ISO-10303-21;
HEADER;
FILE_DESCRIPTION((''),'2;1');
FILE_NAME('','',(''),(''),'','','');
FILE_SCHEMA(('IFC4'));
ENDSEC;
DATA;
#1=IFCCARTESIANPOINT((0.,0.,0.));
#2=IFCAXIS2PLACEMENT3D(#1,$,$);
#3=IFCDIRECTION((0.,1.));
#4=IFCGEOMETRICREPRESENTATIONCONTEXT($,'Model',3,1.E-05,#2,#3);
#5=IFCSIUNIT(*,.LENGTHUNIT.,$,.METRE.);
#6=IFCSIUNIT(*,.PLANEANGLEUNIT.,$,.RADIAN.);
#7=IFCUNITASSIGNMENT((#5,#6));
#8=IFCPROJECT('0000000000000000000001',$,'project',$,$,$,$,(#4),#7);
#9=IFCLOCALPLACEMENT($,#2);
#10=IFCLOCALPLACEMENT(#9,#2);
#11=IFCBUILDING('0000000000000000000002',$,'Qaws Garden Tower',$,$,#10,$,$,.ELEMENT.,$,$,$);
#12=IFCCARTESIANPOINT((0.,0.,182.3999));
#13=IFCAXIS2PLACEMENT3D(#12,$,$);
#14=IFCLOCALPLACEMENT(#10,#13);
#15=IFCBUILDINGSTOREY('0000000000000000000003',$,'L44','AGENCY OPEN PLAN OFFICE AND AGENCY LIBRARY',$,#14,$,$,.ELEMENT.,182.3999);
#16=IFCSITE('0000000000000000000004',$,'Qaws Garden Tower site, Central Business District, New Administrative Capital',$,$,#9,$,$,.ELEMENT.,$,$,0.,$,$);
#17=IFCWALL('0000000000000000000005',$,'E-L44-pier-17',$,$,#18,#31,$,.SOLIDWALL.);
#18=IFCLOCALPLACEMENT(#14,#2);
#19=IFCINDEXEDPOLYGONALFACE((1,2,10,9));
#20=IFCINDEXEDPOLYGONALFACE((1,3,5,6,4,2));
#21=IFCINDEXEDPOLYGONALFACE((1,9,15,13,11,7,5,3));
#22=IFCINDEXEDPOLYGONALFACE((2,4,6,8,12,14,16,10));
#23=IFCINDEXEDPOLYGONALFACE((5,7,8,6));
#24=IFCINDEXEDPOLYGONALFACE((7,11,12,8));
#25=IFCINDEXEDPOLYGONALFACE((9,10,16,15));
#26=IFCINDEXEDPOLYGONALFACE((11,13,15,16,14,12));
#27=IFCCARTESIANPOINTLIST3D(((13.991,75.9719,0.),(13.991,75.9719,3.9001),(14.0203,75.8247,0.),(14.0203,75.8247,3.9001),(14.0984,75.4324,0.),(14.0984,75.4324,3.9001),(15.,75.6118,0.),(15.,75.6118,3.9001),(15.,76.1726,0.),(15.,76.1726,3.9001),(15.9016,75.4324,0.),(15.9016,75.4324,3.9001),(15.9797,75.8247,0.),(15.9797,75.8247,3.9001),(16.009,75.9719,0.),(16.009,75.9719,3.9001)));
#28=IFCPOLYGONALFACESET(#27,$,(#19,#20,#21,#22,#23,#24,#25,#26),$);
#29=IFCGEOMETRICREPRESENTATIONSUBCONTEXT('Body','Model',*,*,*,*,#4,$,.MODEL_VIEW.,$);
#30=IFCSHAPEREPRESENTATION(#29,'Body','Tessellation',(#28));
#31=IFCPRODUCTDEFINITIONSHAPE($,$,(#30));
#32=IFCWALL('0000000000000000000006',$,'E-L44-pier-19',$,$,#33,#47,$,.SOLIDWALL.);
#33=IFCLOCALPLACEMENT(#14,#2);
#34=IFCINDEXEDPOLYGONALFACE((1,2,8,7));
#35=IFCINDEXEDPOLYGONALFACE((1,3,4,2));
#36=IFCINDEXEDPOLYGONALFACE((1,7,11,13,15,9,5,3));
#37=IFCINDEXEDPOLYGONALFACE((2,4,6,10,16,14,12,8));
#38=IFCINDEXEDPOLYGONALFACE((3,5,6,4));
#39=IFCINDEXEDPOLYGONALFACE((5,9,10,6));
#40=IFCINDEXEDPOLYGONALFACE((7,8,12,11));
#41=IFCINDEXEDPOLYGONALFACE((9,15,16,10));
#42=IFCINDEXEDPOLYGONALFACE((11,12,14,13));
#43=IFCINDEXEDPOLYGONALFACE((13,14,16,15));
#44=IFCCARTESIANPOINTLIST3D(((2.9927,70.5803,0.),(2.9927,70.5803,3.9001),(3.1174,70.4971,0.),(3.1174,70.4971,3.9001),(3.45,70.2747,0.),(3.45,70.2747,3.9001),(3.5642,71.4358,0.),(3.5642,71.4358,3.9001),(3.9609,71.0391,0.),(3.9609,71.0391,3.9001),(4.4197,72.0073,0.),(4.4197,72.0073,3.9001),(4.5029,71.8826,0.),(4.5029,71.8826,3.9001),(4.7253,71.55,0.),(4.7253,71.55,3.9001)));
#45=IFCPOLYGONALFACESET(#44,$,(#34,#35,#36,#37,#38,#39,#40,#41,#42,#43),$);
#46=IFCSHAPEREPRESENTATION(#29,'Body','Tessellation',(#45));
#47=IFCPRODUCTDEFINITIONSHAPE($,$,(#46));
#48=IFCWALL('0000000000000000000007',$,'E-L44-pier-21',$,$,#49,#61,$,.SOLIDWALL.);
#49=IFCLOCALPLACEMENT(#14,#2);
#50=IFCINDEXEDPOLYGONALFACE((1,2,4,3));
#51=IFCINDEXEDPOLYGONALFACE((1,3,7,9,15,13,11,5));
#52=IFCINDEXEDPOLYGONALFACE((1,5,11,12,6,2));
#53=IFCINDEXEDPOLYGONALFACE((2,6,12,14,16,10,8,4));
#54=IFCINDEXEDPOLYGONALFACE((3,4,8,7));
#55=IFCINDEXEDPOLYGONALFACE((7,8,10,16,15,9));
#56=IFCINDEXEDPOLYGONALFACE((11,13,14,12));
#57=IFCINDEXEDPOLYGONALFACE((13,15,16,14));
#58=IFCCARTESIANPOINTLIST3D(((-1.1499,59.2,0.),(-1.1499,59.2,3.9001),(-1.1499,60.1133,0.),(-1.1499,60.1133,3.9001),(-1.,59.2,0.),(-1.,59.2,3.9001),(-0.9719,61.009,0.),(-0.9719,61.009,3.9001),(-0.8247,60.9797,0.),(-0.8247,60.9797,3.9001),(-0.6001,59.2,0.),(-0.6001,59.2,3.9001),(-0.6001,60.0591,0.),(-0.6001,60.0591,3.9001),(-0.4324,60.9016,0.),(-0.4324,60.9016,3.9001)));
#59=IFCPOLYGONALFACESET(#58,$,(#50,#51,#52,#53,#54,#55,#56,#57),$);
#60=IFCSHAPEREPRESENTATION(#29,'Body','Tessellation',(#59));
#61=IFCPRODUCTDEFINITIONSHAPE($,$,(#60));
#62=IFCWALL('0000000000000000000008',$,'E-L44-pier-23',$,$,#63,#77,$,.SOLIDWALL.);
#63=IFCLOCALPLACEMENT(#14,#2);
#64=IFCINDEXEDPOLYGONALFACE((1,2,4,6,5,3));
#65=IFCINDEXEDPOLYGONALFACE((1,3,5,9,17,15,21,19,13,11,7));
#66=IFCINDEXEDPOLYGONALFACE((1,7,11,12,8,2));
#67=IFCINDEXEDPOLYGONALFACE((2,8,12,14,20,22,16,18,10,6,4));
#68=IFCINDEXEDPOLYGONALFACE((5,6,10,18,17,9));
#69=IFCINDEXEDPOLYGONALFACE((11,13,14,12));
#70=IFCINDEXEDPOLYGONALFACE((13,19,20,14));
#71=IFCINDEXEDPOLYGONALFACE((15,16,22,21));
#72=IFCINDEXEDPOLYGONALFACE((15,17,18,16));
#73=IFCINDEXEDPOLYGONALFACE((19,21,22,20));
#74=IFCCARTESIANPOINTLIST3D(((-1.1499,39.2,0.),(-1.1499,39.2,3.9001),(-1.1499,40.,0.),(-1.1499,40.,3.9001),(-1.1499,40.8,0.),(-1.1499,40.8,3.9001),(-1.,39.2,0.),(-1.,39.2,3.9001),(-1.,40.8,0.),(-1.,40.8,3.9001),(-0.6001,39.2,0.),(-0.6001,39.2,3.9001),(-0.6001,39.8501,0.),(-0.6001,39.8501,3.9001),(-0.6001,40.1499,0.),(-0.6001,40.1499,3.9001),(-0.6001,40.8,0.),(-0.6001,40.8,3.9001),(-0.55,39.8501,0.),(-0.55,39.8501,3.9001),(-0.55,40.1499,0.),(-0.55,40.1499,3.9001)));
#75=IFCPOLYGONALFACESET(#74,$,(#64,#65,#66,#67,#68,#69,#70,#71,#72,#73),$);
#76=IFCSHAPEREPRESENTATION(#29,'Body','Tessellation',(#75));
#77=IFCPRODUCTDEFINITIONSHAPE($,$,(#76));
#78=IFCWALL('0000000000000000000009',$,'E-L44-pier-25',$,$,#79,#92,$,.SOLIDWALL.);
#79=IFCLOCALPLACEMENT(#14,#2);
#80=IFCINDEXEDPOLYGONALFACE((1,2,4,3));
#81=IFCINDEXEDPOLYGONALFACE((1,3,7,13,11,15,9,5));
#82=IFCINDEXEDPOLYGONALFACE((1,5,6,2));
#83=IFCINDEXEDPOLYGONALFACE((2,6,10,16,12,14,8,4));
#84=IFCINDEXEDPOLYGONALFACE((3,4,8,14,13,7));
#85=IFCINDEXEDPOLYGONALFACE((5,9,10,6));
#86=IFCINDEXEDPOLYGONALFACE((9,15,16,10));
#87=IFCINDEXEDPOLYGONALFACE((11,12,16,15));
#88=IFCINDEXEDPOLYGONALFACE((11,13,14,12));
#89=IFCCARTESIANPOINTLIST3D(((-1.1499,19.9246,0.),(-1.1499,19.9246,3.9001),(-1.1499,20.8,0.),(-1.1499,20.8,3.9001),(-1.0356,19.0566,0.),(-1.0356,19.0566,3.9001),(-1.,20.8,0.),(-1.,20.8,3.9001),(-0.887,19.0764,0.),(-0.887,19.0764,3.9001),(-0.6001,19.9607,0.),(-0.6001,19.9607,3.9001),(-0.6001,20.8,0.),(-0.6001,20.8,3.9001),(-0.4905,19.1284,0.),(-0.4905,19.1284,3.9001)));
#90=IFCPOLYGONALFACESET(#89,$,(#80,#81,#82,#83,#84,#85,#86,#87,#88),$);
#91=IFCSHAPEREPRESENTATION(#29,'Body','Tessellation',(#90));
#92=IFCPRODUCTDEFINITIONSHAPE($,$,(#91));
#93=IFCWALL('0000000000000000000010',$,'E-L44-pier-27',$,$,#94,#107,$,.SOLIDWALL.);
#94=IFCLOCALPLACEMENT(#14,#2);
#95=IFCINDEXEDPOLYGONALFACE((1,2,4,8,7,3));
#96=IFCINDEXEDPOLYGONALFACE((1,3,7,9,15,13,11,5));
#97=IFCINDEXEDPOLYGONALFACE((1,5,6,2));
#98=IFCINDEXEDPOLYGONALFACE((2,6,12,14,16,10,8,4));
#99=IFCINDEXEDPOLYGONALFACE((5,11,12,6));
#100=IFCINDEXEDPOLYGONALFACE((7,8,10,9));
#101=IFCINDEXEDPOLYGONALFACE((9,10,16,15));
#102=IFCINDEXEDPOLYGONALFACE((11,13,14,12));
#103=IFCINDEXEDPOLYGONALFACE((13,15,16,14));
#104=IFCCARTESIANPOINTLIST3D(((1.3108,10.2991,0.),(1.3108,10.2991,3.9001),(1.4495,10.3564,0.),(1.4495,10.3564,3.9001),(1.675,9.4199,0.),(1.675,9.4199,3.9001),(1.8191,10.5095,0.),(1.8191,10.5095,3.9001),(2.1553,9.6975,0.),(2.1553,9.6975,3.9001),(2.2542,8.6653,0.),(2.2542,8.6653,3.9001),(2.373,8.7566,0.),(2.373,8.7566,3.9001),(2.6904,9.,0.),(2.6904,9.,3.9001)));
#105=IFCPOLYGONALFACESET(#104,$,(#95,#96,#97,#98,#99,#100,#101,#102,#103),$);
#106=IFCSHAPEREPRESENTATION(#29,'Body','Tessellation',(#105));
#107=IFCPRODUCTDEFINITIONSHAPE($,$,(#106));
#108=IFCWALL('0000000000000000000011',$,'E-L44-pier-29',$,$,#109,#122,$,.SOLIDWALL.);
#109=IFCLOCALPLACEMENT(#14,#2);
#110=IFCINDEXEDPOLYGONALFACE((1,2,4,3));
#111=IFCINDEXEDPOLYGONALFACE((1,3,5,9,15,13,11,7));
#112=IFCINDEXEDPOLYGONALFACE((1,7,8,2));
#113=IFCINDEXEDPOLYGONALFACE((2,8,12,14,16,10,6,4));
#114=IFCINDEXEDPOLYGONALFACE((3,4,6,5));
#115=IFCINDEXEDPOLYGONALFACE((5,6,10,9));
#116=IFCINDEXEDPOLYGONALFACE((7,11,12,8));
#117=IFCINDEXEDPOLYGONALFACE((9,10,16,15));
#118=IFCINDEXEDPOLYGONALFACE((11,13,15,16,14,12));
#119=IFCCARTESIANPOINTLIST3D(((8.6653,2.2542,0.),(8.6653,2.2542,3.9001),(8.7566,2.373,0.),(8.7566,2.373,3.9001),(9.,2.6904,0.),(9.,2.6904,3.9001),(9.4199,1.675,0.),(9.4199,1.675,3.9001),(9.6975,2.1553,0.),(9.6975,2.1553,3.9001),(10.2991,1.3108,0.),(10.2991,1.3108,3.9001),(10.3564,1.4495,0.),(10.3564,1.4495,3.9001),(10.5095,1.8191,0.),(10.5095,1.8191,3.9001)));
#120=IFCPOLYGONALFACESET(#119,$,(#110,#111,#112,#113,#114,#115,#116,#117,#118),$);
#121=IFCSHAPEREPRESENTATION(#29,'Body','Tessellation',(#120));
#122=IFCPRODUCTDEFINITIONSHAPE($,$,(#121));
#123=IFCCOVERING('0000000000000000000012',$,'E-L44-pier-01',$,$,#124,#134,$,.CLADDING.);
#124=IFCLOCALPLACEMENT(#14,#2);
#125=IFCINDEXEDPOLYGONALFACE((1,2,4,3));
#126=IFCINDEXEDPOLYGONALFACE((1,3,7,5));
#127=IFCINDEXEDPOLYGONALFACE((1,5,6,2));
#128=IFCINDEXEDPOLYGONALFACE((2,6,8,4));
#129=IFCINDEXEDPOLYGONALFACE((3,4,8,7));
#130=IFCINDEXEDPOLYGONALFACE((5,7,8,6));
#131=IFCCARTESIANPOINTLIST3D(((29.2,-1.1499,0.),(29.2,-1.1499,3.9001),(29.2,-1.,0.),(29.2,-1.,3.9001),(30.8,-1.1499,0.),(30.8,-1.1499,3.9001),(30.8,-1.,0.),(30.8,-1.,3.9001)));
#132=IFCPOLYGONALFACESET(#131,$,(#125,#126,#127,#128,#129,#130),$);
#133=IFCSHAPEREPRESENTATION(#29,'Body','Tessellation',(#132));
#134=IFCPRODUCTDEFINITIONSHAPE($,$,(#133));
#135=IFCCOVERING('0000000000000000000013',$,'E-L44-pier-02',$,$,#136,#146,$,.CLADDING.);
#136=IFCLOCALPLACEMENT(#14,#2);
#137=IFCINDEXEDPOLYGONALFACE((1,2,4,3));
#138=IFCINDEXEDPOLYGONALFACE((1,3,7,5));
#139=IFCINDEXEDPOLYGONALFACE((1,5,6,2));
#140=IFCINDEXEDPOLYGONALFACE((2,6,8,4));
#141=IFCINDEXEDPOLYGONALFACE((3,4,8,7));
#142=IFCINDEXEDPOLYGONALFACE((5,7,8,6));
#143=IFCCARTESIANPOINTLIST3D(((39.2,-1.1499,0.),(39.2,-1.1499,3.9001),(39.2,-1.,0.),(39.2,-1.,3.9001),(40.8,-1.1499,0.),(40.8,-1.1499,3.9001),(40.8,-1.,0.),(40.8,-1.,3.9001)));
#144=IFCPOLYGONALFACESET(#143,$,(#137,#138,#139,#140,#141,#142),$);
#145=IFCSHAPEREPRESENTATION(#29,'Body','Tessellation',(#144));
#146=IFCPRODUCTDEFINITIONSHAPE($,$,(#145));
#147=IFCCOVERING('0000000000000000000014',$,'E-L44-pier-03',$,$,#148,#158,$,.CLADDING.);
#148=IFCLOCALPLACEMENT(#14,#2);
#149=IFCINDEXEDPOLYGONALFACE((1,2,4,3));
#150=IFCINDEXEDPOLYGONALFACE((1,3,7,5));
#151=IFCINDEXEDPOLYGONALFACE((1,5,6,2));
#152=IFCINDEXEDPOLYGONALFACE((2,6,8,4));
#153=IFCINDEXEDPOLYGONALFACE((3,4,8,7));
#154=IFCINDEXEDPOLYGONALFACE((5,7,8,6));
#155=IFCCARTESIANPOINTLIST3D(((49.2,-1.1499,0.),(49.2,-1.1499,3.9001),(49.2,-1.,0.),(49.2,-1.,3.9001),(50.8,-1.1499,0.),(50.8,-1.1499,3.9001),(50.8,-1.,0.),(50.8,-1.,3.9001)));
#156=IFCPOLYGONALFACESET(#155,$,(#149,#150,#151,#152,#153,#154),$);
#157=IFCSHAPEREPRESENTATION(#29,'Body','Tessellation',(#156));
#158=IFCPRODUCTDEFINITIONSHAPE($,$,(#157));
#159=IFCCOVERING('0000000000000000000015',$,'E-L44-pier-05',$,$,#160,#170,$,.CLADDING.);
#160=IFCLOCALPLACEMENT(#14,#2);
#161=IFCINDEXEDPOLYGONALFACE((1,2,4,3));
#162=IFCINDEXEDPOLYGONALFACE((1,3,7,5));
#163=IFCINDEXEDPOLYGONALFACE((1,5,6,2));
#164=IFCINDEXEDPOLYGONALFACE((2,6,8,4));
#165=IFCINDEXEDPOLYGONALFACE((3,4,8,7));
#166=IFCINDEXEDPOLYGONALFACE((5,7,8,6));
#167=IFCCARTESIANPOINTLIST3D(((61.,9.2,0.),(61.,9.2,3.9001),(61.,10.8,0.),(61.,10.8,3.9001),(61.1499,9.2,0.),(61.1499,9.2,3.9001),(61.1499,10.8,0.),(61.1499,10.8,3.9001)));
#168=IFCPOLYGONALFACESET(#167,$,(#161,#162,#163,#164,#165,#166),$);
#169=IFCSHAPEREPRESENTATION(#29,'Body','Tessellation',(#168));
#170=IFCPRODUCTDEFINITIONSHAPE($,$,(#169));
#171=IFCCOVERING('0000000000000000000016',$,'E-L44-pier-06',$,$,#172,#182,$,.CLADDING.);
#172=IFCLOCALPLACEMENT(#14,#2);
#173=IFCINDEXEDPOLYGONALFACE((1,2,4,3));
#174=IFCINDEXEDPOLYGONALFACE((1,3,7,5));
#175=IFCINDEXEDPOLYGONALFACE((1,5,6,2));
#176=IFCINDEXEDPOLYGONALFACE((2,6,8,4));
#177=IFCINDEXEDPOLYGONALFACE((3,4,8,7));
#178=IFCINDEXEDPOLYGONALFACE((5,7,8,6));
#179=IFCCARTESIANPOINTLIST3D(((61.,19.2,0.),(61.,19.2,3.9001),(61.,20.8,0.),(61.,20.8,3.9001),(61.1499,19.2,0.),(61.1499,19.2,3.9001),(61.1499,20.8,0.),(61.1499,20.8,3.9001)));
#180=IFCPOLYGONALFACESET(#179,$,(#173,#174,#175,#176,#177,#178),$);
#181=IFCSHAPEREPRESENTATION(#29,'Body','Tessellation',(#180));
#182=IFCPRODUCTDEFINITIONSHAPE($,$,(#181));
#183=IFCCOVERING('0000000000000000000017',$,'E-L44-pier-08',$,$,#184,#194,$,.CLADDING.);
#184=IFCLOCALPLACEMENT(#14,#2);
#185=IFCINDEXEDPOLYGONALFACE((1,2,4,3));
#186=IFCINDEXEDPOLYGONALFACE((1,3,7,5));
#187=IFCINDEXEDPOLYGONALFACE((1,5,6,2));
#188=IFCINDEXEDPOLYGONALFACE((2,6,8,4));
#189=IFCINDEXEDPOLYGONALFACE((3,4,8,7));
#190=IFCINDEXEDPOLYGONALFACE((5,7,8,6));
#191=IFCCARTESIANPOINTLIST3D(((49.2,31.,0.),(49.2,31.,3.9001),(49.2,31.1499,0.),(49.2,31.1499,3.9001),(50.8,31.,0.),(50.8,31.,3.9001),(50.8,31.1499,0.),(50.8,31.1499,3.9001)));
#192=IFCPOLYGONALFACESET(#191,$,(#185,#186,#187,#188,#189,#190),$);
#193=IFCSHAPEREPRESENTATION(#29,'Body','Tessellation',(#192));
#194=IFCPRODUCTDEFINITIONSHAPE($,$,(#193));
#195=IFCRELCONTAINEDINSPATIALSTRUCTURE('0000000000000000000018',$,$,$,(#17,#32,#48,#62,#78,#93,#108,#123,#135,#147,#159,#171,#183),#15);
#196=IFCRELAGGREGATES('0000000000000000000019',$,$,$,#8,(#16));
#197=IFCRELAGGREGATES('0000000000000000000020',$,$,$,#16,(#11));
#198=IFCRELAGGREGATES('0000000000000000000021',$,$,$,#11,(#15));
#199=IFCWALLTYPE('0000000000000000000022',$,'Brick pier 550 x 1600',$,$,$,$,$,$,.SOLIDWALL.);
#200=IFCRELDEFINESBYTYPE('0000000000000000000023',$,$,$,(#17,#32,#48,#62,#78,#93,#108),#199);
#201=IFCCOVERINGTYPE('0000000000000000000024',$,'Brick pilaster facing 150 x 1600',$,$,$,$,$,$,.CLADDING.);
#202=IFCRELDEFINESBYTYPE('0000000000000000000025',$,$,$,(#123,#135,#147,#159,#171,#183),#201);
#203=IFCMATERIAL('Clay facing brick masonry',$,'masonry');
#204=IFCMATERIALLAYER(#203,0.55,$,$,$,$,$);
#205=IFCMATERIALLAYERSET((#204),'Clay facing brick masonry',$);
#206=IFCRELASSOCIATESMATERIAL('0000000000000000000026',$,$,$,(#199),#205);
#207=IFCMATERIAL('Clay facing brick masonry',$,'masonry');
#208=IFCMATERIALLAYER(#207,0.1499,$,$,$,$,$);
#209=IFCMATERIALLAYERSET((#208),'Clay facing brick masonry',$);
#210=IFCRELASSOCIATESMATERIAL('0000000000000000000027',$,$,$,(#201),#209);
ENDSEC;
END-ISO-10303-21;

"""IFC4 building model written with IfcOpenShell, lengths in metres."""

from ifc_helpers import new_model, si_unit, direction, frame, origin, place, context, subcontext, project, spatial, polyline, outline, extrude, material, layer, layer_set, type_object, element, save


model = new_model("IFC4")

# Units and contexts
model_context = context("Model", 3, precision=1e-05, world=origin(), true_north=direction((0.0, 1.0)))
body_context = subcontext(model_context, "Body", "Model", "MODEL_VIEW")
ifc_project = project(units=[si_unit("LENGTHUNIT", "METRE"), si_unit("PLANEANGLEUNIT", "RADIAN")], contexts=[model_context])

# Site, building, storey
site_placement = place(None, origin())
site = spatial("IfcSite", under=ifc_project, at=site_placement, Name="Qaws Garden Tower site, Central Business District, New Administrative Capital", CompositionType="ELEMENT", RefElevation=0.0)
building_placement = place(site_placement, origin())
building = spatial("IfcBuilding", under=site, at=building_placement, Name="Qaws Garden Tower", CompositionType="ELEMENT")
storey_placement = place(building_placement, frame((0.0, 0.0, 182.3999)))
storey = spatial("IfcBuildingStorey", under=building, at=storey_placement, Name="L44", Description="AGENCY OPEN PLAN OFFICE AND AGENCY LIBRARY", CompositionType="ELEMENT", Elevation=182.3999)

# Walls
placement = place(storey_placement, origin())
ifc_material_1 = material(Name="Clay facing brick masonry", Category="masonry")
ifc_layer_1 = layer(ifc_material_1, 0.55)
ifc_layer_set_1 = layer_set([ifc_layer_1], Name="Clay facing brick masonry")
wall_type_1 = type_object("IfcWallType", Name="Brick pier 550 x 1600", PredefinedType="SOLIDWALL", material=ifc_layer_set_1)
element("IfcWall", 1, at=placement, inside=storey, type_object=wall_type_1, Name="E-L44-pier-17", PredefinedType="SOLIDWALL", context=body_context, shape_type="SweptSolid", body=[
    extrude(outline(polyline([(15.9797, 75.8247), (16.009, 75.9719), (15.0, 76.1726), (13.991, 75.9719), (14.0203, 75.8247), (14.0984, 75.4324), (15.0, 75.6118), (15.9016, 75.4324), (15.9797, 75.8247)])), origin(), (0.0, 0.0, 1.0), 3.9001),
])
element("IfcWall", 2, at=placement, inside=storey, type_object=wall_type_1, Name="E-L44-pier-19", PredefinedType="SOLIDWALL", context=body_context, shape_type="SweptSolid", body=[
    extrude(outline(polyline([(4.5029, 71.8826), (4.4197, 72.0073), (3.5642, 71.4358), (2.9927, 70.5803), (3.1174, 70.4971), (3.45, 70.2747), (3.9609, 71.0391), (4.7253, 71.55), (4.5029, 71.8826)])), origin(), (0.0, 0.0, 1.0), 3.9001),
])
element("IfcWall", 3, at=placement, inside=storey, type_object=wall_type_1, Name="E-L44-pier-21", PredefinedType="SOLIDWALL", context=body_context, shape_type="SweptSolid", body=[
    extrude(outline(polyline([(-0.8247, 60.9797), (-0.9719, 61.009), (-1.1499, 60.1133), (-1.1499, 59.2), (-1.0, 59.2), (-0.6001, 59.2), (-0.6001, 60.0591), (-0.4324, 60.9016), (-0.8247, 60.9797)])), origin(), (0.0, 0.0, 1.0), 3.9001),
])
element("IfcWall", 4, at=placement, inside=storey, type_object=wall_type_1, Name="E-L44-pier-23", PredefinedType="SOLIDWALL", context=body_context, shape_type="SweptSolid", body=[
    extrude(outline(polyline([(-0.6001, 39.2), (-0.6001, 39.8501), (-0.55, 39.8501), (-0.55, 40.1499), (-0.6001, 40.1499), (-0.6001, 40.8), (-1.0, 40.8), (-1.1499, 40.8), (-1.1499, 40.0), (-1.1499, 39.2), (-1.0, 39.2), (-0.6001, 39.2)])), origin(), (0.0, 0.0, 1.0), 3.9001),
])
element("IfcWall", 5, at=placement, inside=storey, type_object=wall_type_1, Name="E-L44-pier-25", PredefinedType="SOLIDWALL", context=body_context, shape_type="SweptSolid", body=[
    extrude(outline(polyline([(-1.0, 20.8), (-1.1499, 20.8), (-1.1499, 19.9246), (-1.0356, 19.0566), (-0.887, 19.0764), (-0.4905, 19.1284), (-0.6001, 19.9607), (-0.6001, 20.8), (-1.0, 20.8)])), origin(), (0.0, 0.0, 1.0), 3.9001),
])
element("IfcWall", 6, at=placement, inside=storey, type_object=wall_type_1, Name="E-L44-pier-27", PredefinedType="SOLIDWALL", context=body_context, shape_type="SweptSolid", body=[
    extrude(outline(polyline([(1.4495, 10.3564), (1.3108, 10.2991), (1.675, 9.4199), (2.2542, 8.6653), (2.373, 8.7566), (2.6904, 9.0), (2.1553, 9.6975), (1.8191, 10.5095), (1.4495, 10.3564)])), origin(), (0.0, 0.0, 1.0), 3.9001),
])
element("IfcWall", 7, at=placement, inside=storey, type_object=wall_type_1, Name="E-L44-pier-29", PredefinedType="SOLIDWALL", context=body_context, shape_type="SweptSolid", body=[
    extrude(outline(polyline([(8.7566, 2.373), (8.6653, 2.2542), (9.4199, 1.675), (10.2991, 1.3108), (10.3564, 1.4495), (10.5095, 1.8191), (9.6975, 2.1553), (9.0, 2.6904), (8.7566, 2.373)])), origin(), (0.0, 0.0, 1.0), 3.9001),
])

# Coverings
ifc_material_2 = material(Name="Clay facing brick masonry", Category="masonry")
ifc_layer_2 = layer(ifc_material_2, 0.1499)
ifc_layer_set_2 = layer_set([ifc_layer_2], Name="Clay facing brick masonry")
covering_type = type_object("IfcCoveringType", Name="Brick pilaster facing 150 x 1600", PredefinedType="CLADDING", material=ifc_layer_set_2)
element("IfcCovering", 8, at=placement, inside=storey, type_object=covering_type, Name="E-L44-pier-01", PredefinedType="CLADDING", context=body_context, shape_type="SweptSolid", body=[
    extrude(outline(polyline([(29.2, -1.0), (30.8, -1.0), (30.8, -1.1499), (29.2, -1.1499), (29.2, -1.0)])), origin(), (0.0, 0.0, 1.0), 3.9001),
])
element("IfcCovering", 9, at=placement, inside=storey, type_object=covering_type, Name="E-L44-pier-02", PredefinedType="CLADDING", context=body_context, shape_type="SweptSolid", body=[
    extrude(outline(polyline([(39.2, -1.0), (40.8, -1.0), (40.8, -1.1499), (39.2, -1.1499), (39.2, -1.0)])), origin(), (0.0, 0.0, 1.0), 3.9001),
])
element("IfcCovering", 10, at=placement, inside=storey, type_object=covering_type, Name="E-L44-pier-03", PredefinedType="CLADDING", context=body_context, shape_type="SweptSolid", body=[
    extrude(outline(polyline([(49.2, -1.0), (50.8, -1.0), (50.8, -1.1499), (49.2, -1.1499), (49.2, -1.0)])), origin(), (0.0, 0.0, 1.0), 3.9001),
])
element("IfcCovering", 11, at=placement, inside=storey, type_object=covering_type, Name="E-L44-pier-05", PredefinedType="CLADDING", context=body_context, shape_type="SweptSolid", body=[
    extrude(outline(polyline([(61.0, 9.2), (61.0, 10.8), (61.1499, 10.8), (61.1499, 9.2), (61.0, 9.2)])), origin(), (0.0, 0.0, 1.0), 3.9001),
])
element("IfcCovering", 12, at=placement, inside=storey, type_object=covering_type, Name="E-L44-pier-06", PredefinedType="CLADDING", context=body_context, shape_type="SweptSolid", body=[
    extrude(outline(polyline([(61.0, 19.2), (61.0, 20.8), (61.1499, 20.8), (61.1499, 19.2), (61.0, 19.2)])), origin(), (0.0, 0.0, 1.0), 3.9001),
])
element("IfcCovering", 13, at=placement, inside=storey, type_object=covering_type, Name="E-L44-pier-08", PredefinedType="CLADDING", context=body_context, shape_type="SweptSolid", body=[
    extrude(outline(polyline([(50.8, 31.0), (49.2, 31.0), (49.2, 31.1499), (50.8, 31.1499), (50.8, 31.0)])), origin(), (0.0, 0.0, 1.0), 3.9001),
])

save(model, "model.ifc")
